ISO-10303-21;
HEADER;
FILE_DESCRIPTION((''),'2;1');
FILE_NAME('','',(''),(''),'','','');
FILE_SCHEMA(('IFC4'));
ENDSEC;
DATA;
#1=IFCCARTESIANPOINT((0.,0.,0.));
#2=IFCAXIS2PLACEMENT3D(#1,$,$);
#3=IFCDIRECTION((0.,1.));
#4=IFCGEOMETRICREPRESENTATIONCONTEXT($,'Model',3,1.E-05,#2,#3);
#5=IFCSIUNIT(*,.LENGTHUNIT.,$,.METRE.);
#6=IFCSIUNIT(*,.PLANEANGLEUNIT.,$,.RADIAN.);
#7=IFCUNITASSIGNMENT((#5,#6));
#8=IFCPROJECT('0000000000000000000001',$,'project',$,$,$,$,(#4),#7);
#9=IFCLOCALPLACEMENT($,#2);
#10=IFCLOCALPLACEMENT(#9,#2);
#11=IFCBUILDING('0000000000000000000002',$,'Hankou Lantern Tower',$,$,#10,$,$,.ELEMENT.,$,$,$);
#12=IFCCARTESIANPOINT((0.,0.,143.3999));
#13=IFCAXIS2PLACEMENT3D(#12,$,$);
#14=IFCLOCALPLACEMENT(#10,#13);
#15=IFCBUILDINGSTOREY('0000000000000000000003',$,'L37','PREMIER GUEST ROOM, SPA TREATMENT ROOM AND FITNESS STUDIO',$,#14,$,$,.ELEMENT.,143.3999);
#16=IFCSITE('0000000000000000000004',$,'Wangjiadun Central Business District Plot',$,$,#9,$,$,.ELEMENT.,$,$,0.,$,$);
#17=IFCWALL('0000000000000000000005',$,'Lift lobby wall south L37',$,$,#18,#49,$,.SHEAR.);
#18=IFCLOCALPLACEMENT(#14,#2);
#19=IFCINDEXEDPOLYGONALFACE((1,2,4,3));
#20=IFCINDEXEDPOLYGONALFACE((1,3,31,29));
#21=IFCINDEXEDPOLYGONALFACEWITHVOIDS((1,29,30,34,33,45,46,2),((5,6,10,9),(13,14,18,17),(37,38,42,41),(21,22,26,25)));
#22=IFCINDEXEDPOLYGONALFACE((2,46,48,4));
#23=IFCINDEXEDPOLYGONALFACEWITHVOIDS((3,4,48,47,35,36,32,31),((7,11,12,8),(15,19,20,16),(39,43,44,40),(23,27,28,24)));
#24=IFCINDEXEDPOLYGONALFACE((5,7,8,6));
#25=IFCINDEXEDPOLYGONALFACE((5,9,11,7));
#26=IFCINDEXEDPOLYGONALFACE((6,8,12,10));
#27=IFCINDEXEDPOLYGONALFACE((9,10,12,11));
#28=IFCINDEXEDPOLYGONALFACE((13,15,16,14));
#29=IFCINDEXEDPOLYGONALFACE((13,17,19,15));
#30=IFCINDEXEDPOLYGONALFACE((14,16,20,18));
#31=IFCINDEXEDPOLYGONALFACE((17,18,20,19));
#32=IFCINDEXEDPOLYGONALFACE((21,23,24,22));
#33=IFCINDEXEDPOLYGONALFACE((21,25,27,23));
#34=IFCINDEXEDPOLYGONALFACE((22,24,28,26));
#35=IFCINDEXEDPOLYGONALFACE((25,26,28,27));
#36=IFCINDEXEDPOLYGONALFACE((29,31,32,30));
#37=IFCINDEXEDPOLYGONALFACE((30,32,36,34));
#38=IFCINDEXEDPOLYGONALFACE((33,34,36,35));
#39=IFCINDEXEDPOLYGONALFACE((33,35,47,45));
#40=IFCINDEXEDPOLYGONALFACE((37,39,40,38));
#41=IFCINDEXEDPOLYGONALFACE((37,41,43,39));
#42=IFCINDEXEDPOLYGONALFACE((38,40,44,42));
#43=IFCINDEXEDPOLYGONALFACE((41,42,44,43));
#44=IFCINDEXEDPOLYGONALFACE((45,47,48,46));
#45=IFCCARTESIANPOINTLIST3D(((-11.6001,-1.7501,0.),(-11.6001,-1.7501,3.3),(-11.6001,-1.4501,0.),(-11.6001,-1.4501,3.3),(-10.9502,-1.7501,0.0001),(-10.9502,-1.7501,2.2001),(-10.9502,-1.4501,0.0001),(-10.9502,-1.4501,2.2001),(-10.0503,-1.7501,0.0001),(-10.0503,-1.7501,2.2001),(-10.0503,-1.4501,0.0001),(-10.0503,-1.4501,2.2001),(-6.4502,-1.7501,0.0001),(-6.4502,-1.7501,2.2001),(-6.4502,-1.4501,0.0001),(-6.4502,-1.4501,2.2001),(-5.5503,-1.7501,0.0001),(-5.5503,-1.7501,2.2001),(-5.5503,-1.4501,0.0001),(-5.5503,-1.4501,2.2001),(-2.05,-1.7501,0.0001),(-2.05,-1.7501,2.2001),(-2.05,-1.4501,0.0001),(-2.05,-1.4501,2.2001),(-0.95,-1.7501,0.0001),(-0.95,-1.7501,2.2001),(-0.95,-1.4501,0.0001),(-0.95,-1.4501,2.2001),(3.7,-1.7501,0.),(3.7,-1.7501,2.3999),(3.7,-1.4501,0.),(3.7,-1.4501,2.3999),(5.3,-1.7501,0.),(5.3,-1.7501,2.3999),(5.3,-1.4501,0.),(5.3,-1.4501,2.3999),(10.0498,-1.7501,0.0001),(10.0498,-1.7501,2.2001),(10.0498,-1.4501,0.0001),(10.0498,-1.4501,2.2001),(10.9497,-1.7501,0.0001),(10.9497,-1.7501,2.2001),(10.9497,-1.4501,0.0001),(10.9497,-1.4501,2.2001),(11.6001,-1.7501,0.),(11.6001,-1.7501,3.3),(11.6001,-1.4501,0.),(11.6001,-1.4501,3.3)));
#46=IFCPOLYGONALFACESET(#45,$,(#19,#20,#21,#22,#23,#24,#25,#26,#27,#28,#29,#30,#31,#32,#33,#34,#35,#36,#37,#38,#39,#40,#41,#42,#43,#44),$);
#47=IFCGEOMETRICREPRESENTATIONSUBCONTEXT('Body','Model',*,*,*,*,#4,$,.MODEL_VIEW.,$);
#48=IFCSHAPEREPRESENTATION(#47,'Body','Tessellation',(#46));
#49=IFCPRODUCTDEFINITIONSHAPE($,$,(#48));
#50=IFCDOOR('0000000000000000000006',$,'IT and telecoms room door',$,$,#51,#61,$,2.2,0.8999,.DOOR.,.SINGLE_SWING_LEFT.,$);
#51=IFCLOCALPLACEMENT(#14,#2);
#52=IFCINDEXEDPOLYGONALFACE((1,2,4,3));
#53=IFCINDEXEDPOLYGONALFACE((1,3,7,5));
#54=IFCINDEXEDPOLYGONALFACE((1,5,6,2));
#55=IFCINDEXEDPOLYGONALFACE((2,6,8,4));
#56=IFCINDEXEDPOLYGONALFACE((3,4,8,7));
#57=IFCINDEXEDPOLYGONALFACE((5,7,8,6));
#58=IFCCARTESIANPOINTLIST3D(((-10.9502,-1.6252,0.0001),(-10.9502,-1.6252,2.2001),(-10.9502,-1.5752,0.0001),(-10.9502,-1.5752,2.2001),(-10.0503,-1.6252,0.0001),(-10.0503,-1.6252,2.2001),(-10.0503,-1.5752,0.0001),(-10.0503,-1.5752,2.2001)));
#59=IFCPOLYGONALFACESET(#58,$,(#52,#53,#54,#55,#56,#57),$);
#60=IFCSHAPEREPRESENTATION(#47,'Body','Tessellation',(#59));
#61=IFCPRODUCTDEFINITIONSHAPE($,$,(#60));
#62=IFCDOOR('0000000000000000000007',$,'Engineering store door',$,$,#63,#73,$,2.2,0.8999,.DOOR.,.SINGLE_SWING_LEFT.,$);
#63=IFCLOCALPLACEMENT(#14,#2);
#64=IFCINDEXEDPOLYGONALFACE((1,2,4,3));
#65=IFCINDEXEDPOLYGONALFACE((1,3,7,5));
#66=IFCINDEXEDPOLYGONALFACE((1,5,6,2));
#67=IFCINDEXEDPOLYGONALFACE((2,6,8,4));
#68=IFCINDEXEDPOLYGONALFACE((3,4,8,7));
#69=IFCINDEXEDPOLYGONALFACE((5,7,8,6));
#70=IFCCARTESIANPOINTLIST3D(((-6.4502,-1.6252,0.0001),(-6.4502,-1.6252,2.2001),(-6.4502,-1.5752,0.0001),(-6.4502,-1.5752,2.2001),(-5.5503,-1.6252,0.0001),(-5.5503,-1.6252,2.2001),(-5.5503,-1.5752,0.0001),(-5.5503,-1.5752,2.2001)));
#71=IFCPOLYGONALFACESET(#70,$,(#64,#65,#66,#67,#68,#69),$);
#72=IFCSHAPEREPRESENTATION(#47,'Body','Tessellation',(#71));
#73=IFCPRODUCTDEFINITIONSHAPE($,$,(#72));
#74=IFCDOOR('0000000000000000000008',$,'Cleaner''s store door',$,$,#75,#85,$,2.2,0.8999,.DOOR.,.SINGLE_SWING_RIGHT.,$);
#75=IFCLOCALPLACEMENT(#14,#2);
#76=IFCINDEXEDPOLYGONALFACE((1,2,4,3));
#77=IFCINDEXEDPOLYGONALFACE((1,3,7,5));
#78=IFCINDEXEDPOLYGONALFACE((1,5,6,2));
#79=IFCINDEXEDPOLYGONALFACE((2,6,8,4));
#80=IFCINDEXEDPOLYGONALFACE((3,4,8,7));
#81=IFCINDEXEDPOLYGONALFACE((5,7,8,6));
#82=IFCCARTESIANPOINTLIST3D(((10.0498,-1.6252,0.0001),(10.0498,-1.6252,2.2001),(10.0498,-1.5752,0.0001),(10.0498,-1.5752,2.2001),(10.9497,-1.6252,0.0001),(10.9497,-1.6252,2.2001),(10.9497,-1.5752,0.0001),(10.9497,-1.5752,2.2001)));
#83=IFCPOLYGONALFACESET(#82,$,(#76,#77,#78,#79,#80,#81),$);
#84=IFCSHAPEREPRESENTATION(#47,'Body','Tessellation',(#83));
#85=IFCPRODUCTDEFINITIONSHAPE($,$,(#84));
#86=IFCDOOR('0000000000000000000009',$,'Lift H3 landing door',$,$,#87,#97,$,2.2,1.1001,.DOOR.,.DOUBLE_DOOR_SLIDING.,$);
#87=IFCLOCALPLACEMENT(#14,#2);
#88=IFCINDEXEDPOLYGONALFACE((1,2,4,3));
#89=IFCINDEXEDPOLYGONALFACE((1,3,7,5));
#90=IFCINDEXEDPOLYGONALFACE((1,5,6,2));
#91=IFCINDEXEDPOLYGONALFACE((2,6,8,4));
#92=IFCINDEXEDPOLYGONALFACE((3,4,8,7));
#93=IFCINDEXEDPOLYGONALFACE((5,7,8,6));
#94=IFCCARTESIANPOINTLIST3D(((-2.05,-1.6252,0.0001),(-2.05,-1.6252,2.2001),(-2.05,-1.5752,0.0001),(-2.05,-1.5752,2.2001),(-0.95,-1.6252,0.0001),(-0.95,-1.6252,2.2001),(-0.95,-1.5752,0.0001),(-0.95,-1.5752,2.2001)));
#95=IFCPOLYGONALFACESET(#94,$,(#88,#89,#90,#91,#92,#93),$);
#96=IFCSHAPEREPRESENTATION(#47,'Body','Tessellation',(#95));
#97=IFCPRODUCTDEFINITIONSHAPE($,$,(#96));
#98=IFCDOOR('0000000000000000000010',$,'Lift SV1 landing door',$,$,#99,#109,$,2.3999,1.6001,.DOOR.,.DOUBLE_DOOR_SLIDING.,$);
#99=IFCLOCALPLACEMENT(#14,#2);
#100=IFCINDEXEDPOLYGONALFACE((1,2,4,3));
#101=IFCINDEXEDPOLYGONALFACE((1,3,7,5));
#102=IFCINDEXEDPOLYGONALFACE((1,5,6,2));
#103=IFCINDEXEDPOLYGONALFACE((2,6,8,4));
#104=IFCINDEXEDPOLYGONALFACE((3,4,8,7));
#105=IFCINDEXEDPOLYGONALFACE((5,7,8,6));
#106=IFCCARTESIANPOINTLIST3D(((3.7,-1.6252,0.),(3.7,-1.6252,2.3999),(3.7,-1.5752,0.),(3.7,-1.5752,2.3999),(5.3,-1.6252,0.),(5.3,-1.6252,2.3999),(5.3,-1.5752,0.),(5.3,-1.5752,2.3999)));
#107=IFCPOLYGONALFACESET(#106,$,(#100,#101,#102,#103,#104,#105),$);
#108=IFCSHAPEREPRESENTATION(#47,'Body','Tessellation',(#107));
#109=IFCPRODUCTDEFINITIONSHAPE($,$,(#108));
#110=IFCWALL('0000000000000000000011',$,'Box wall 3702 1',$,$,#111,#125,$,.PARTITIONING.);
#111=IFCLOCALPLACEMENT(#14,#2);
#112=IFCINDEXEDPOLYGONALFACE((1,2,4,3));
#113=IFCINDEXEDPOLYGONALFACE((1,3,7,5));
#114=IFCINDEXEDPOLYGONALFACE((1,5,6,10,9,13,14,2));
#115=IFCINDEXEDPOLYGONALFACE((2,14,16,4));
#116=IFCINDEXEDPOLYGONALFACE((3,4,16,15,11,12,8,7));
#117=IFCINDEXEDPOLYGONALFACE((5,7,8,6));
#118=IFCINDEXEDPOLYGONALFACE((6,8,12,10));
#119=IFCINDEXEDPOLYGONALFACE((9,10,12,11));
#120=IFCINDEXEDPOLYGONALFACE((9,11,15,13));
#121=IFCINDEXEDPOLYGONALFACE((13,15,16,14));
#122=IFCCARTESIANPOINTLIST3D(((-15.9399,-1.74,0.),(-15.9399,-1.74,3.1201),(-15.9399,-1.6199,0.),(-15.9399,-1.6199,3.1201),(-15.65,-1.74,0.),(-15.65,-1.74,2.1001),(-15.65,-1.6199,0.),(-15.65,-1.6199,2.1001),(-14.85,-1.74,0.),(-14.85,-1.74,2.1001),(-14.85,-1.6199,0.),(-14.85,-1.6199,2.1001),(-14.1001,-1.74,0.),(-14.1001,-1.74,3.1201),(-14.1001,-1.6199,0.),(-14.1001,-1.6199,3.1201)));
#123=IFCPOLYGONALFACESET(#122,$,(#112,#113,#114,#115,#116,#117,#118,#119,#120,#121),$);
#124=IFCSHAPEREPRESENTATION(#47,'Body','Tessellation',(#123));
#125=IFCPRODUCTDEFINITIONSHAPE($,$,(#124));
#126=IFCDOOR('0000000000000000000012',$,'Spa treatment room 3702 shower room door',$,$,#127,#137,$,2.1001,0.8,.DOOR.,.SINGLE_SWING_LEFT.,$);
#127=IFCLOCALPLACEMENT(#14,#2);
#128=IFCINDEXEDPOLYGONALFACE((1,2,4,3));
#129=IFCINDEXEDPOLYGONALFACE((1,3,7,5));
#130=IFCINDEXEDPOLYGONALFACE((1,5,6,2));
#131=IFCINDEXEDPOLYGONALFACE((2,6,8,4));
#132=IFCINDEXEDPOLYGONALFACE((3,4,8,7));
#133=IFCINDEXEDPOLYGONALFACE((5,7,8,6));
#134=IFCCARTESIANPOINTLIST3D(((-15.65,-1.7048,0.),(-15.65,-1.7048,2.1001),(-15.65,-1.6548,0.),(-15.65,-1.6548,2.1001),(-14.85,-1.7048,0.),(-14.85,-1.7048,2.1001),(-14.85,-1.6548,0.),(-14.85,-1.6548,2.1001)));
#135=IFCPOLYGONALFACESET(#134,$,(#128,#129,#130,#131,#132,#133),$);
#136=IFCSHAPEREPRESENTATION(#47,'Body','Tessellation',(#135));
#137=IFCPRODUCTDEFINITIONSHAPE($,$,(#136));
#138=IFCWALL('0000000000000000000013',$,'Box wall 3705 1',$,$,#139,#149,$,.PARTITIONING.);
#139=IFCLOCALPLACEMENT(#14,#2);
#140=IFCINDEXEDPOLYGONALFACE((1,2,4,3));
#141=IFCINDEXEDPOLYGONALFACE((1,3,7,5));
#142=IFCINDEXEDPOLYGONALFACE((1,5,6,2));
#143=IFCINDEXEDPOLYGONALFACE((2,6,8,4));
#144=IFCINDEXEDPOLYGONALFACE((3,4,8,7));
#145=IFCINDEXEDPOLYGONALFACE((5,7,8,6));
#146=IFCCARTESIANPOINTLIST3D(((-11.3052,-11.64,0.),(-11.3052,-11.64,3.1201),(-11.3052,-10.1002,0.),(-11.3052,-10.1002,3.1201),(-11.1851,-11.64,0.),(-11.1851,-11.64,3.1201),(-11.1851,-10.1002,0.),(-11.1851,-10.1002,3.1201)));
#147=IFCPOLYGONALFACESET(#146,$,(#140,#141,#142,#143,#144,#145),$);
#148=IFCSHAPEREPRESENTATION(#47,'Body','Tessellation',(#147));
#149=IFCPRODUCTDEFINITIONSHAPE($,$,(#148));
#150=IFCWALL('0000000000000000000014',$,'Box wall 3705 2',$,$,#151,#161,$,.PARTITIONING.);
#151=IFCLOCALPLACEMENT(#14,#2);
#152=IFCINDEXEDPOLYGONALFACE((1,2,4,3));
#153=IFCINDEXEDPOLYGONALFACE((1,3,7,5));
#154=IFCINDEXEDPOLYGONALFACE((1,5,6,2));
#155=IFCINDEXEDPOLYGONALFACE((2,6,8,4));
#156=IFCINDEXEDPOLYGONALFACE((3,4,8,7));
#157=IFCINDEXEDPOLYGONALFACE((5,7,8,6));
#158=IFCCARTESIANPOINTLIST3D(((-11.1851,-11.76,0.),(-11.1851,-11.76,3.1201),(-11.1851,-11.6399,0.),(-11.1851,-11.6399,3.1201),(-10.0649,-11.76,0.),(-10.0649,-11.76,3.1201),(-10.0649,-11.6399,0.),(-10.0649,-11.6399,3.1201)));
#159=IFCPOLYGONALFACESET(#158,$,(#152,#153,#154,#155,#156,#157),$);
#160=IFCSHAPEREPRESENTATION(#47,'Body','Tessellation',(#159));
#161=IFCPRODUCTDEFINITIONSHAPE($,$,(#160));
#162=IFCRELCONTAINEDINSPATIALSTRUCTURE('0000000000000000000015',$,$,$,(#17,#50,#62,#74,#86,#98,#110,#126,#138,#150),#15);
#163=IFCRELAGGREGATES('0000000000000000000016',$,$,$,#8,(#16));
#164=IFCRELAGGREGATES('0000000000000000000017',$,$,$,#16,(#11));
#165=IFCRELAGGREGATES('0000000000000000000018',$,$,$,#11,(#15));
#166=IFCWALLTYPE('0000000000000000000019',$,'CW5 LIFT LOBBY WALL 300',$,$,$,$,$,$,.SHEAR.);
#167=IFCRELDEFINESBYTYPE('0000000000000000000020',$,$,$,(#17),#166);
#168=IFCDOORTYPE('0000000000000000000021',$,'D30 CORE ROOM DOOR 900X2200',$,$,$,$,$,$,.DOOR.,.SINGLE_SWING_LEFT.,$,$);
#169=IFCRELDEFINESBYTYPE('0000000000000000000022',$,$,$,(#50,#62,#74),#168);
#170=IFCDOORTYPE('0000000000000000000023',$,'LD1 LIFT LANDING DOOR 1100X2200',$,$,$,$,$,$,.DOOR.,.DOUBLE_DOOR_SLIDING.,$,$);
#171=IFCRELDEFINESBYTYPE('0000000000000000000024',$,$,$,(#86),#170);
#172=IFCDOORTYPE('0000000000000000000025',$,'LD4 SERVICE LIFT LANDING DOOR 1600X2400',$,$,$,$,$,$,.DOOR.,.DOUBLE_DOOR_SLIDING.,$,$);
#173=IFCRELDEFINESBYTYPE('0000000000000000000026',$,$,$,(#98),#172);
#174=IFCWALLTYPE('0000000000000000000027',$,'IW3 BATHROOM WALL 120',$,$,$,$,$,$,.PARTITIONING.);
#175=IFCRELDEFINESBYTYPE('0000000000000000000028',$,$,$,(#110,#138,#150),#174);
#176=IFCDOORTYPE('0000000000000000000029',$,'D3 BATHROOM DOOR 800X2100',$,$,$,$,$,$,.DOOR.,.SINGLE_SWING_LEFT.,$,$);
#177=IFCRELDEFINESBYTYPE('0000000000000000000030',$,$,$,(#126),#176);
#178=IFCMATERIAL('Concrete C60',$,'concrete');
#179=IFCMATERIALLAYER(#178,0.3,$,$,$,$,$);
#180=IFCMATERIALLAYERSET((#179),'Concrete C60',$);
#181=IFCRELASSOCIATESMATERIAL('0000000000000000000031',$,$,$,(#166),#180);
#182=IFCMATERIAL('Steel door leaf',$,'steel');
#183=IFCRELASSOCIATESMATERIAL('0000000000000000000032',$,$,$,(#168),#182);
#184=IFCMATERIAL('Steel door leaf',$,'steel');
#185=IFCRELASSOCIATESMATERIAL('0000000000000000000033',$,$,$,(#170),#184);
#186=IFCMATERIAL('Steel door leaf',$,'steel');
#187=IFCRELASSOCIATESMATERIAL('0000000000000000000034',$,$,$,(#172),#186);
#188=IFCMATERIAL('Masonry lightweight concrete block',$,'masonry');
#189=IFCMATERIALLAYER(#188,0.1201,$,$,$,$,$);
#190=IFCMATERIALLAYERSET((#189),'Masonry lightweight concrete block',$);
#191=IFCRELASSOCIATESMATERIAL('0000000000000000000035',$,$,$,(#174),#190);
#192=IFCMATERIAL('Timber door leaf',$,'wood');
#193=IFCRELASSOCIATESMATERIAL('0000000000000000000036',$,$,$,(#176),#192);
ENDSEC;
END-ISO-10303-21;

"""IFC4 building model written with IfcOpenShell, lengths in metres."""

from ifc_helpers import new_model, si_unit, direction, frame, frame_2d, origin, place, context, subcontext, project, spatial, rectangle, extrude, material, layer, layer_set, type_object, element, fill, save


model = new_model("IFC4")

# Units and contexts
model_context = context("Model", 3, precision=1e-05, world=origin(), true_north=direction((0.0, 1.0)))
body_context = subcontext(model_context, "Body", "Model", "MODEL_VIEW")
ifc_project = project(units=[si_unit("LENGTHUNIT", "METRE"), si_unit("PLANEANGLEUNIT", "RADIAN")], contexts=[model_context])

# Site, building, storey
site_placement = place(None, origin())
site = spatial("IfcSite", under=ifc_project, at=site_placement, Name="Wangjiadun Central Business District Plot", CompositionType="ELEMENT", RefElevation=0.0)
building_placement = place(site_placement, origin())
building = spatial("IfcBuilding", under=site, at=building_placement, Name="Hankou Lantern Tower", CompositionType="ELEMENT")
storey_placement = place(building_placement, frame((0.0, 0.0, 143.3999)))
storey = spatial("IfcBuildingStorey", under=building, at=storey_placement, Name="L37", Description="PREMIER GUEST ROOM, SPA TREATMENT ROOM AND FITNESS STUDIO", CompositionType="ELEMENT", Elevation=143.3999)

# Wall, openings, doors
ifc_material_1 = material(Name="Concrete C60", Category="concrete")
ifc_layer_1 = layer(ifc_material_1, 0.3)
ifc_layer_set_1 = layer_set([ifc_layer_1], Name="Concrete C60")
wall_type_1 = type_object("IfcWallType", Name="CW5 LIFT LOBBY WALL 300", PredefinedType="SHEAR", material=ifc_layer_set_1)
wall_1_placement = place(storey_placement, frame((-11.6001, -1.6001, 0.0), z_axis=(0.0, 0.0, 1.0), x_axis=(1.0, 0.0, 0.0)))
wall_1 = element("IfcWall", 1, at=wall_1_placement, inside=storey, type_object=wall_type_1, Name="Lift lobby wall south L37", PredefinedType="SHEAR", context=body_context, shape_type="SweptSolid", body=[
    extrude(rectangle(XDim=23.2002, YDim=0.3, at=frame_2d((11.6001, 0.0))), origin(), (0.0, 0.0, 1.0), 3.3),
])
opening_1_placement = place(wall_1_placement, frame((9.55, 0.0, 0.0)))
opening_1 = element("IfcOpeningElement", 2, at=opening_1_placement, cuts=wall_1, PredefinedType="OPENING", context=body_context, shape_type="SweptSolid", body=[
    extrude(rectangle(XDim=1.1001, YDim=2.2, at=frame_2d((0.55, 1.1001))), frame((0.0, 0.1599, 0.0), z_axis=(0.0, -1.0, 0.0), x_axis=(1.0, 0.0, 0.0)), (0.0, 0.0, 1.0), 0.3201),
])
opening_2_placement = place(wall_1_placement, frame((15.3, 0.0, 0.0)))
opening_2 = element("IfcOpeningElement", 3, at=opening_2_placement, cuts=wall_1, PredefinedType="OPENING", context=body_context, shape_type="SweptSolid", body=[
    extrude(rectangle(XDim=1.6001, YDim=2.3999, at=frame_2d((0.8, 1.2))), frame((0.0, 0.1599, 0.0), z_axis=(0.0, -1.0, 0.0), x_axis=(1.0, 0.0, 0.0)), (0.0, 0.0, 1.0), 0.3201),
])
opening_3_placement = place(wall_1_placement, frame((0.6499, 0.0, 0.0)))
opening_3 = element("IfcOpeningElement", 4, at=opening_3_placement, cuts=wall_1, PredefinedType="OPENING", context=body_context, shape_type="SweptSolid", body=[
    extrude(rectangle(XDim=0.8999, YDim=2.2, at=frame_2d((0.45, 1.1001))), frame((0.0, 0.1599, 0.0), z_axis=(0.0, -1.0, 0.0), x_axis=(1.0, 0.0, 0.0)), (0.0, 0.0, 1.0), 0.3201),
])
opening_4_placement = place(wall_1_placement, frame((5.1499, 0.0, 0.0)))
opening_4 = element("IfcOpeningElement", 5, at=opening_4_placement, cuts=wall_1, PredefinedType="OPENING", context=body_context, shape_type="SweptSolid", body=[
    extrude(rectangle(XDim=0.8999, YDim=2.2, at=frame_2d((0.45, 1.1001))), frame((0.0, 0.1599, 0.0), z_axis=(0.0, -1.0, 0.0), x_axis=(1.0, 0.0, 0.0)), (0.0, 0.0, 1.0), 0.3201),
])
opening_5_placement = place(wall_1_placement, frame((21.6499, 0.0, 0.0)))
opening_5 = element("IfcOpeningElement", 6, at=opening_5_placement, cuts=wall_1, PredefinedType="OPENING", context=body_context, shape_type="SweptSolid", body=[
    extrude(rectangle(XDim=0.8999, YDim=2.2, at=frame_2d((0.45, 1.1001))), frame((0.0, 0.1599, 0.0), z_axis=(0.0, -1.0, 0.0), x_axis=(1.0, 0.0, 0.0)), (0.0, 0.0, 1.0), 0.3201),
])
ifc_material_2 = material(Name="Steel door leaf", Category="steel")
door_type_1 = type_object("IfcDoorType", Name="D30 CORE ROOM DOOR 900X2200", OperationType="SINGLE_SWING_LEFT", PredefinedType="DOOR", material=ifc_material_2)
door_1_placement = place(opening_3_placement, origin())
door_1 = element("IfcDoor", 7, at=door_1_placement, inside=storey, type_object=door_type_1, Name="IT and telecoms room door", OperationType="SINGLE_SWING_LEFT", OverallHeight=2.2, OverallWidth=0.8999, PredefinedType="DOOR", context=body_context, shape_type="SweptSolid", body=[
    extrude(rectangle(XDim=0.8999, YDim=2.2, at=frame_2d((0.45, 1.1001))), frame((0.0, 0.0249, 0.0), z_axis=(0.0, -1.0, 0.0), x_axis=(1.0, 0.0, 0.0)), (0.0, 0.0, 1.0), 0.05),
])
fill(opening_3, door_1)
door_2_placement = place(opening_4_placement, origin())
door_2 = element("IfcDoor", 8, at=door_2_placement, inside=storey, type_object=door_type_1, Name="Engineering store door", OperationType="SINGLE_SWING_LEFT", OverallHeight=2.2, OverallWidth=0.8999, PredefinedType="DOOR", context=body_context, shape_type="SweptSolid", body=[
    extrude(rectangle(XDim=0.8999, YDim=2.2, at=frame_2d((0.45, 1.1001))), frame((0.0, 0.0249, 0.0), z_axis=(0.0, -1.0, 0.0), x_axis=(1.0, 0.0, 0.0)), (0.0, 0.0, 1.0), 0.05),
])
fill(opening_4, door_2)
door_3_placement = place(opening_5_placement, origin())
door_3 = element("IfcDoor", 9, at=door_3_placement, inside=storey, type_object=door_type_1, Name="Cleaner's store door", OperationType="SINGLE_SWING_RIGHT", OverallHeight=2.2, OverallWidth=0.8999, PredefinedType="DOOR", context=body_context, shape_type="SweptSolid", body=[
    extrude(rectangle(XDim=0.8999, YDim=2.2, at=frame_2d((0.45, 1.1001))), frame((0.0, 0.0249, 0.0), z_axis=(0.0, -1.0, 0.0), x_axis=(1.0, 0.0, 0.0)), (0.0, 0.0, 1.0), 0.05),
])
fill(opening_5, door_3)
ifc_material_3 = material(Name="Steel door leaf", Category="steel")
door_type_2 = type_object("IfcDoorType", Name="LD1 LIFT LANDING DOOR 1100X2200", OperationType="DOUBLE_DOOR_SLIDING", PredefinedType="DOOR", material=ifc_material_3)
door_4_placement = place(opening_1_placement, origin())
door_4 = element("IfcDoor", 10, at=door_4_placement, inside=storey, type_object=door_type_2, Name="Lift H3 landing door", OperationType="DOUBLE_DOOR_SLIDING", OverallHeight=2.2, OverallWidth=1.1001, PredefinedType="DOOR", context=body_context, shape_type="SweptSolid", body=[
    extrude(rectangle(XDim=1.1001, YDim=2.2, at=frame_2d((0.55, 1.1001))), frame((0.0, 0.0249, 0.0), z_axis=(0.0, -1.0, 0.0), x_axis=(1.0, 0.0, 0.0)), (0.0, 0.0, 1.0), 0.05),
])
fill(opening_1, door_4)
ifc_material_4 = material(Name="Steel door leaf", Category="steel")
door_type_3 = type_object("IfcDoorType", Name="LD4 SERVICE LIFT LANDING DOOR 1600X2400", OperationType="DOUBLE_DOOR_SLIDING", PredefinedType="DOOR", material=ifc_material_4)
door_5_placement = place(opening_2_placement, origin())
door_5 = element("IfcDoor", 11, at=door_5_placement, inside=storey, type_object=door_type_3, Name="Lift SV1 landing door", OperationType="DOUBLE_DOOR_SLIDING", OverallHeight=2.3999, OverallWidth=1.6001, PredefinedType="DOOR", context=body_context, shape_type="SweptSolid", body=[
    extrude(rectangle(XDim=1.6001, YDim=2.3999, at=frame_2d((0.8, 1.2))), frame((0.0, 0.0249, 0.0), z_axis=(0.0, -1.0, 0.0), x_axis=(1.0, 0.0, 0.0)), (0.0, 0.0, 1.0), 0.05),
])
fill(opening_2, door_5)

# Wall, opening, door
ifc_material_5 = material(Name="Masonry lightweight concrete block", Category="masonry")
ifc_layer_2 = layer(ifc_material_5, 0.1201)
ifc_layer_set_2 = layer_set([ifc_layer_2], Name="Masonry lightweight concrete block")
wall_type_2 = type_object("IfcWallType", Name="IW3 BATHROOM WALL 120", PredefinedType="PARTITIONING", material=ifc_layer_set_2)
wall_2_placement = place(storey_placement, frame((-14.1001, -1.6799, 0.0), z_axis=(0.0, 0.0, 1.0), x_axis=(-1.0, 0.0, 0.0)))
wall_2 = element("IfcWall", 12, at=wall_2_placement, inside=storey, type_object=wall_type_2, Name="Box wall 3702 1", PredefinedType="PARTITIONING", context=body_context, shape_type="SweptSolid", body=[
    extrude(rectangle(XDim=1.8398, YDim=0.1201, at=frame_2d((0.9199, 0.0))), origin(), (0.0, 0.0, 1.0), 3.1201),
])
opening_6_placement = place(wall_2_placement, frame((0.75, 0.0, 0.0)))
opening_6 = element("IfcOpeningElement", 13, at=opening_6_placement, cuts=wall_2, PredefinedType="OPENING", context=body_context, shape_type="SweptSolid", body=[
    extrude(rectangle(XDim=0.8, YDim=2.1001, at=frame_2d((0.3999, 1.05))), frame((0.0, 0.0701, 0.0), z_axis=(0.0, -1.0, 0.0), x_axis=(1.0, 0.0, 0.0)), (0.0, 0.0, 1.0), 0.1401),
])
ifc_material_6 = material(Name="Timber door leaf", Category="wood")
door_type_4 = type_object("IfcDoorType", Name="D3 BATHROOM DOOR 800X2100", OperationType="SINGLE_SWING_LEFT", PredefinedType="DOOR", material=ifc_material_6)
door_6_placement = place(opening_6_placement, origin())
door_6 = element("IfcDoor", 14, at=door_6_placement, inside=storey, type_object=door_type_4, Name="Spa treatment room 3702 shower room door", OperationType="SINGLE_SWING_LEFT", OverallHeight=2.1001, OverallWidth=0.8, PredefinedType="DOOR", context=body_context, shape_type="SweptSolid", body=[
    extrude(rectangle(XDim=0.8, YDim=2.1001, at=frame_2d((0.3999, 1.05))), frame((0.0, 0.0249, 0.0), z_axis=(0.0, -1.0, 0.0), x_axis=(1.0, 0.0, 0.0)), (0.0, 0.0, 1.0), 0.05),
])
fill(opening_6, door_6)

# Walls
wall_3_placement = place(storey_placement, frame((-11.2451, -10.1001, 0.0), z_axis=(0.0, 0.0, 1.0), x_axis=(0.0, -1.0, 0.0)))
element("IfcWall", 15, at=wall_3_placement, inside=storey, type_object=wall_type_2, Name="Box wall 3705 1", PredefinedType="PARTITIONING", context=body_context, shape_type="SweptSolid", body=[
    extrude(rectangle(XDim=1.5398, YDim=0.1201, at=frame_2d((0.77, 0.0))), origin(), (0.0, 0.0, 1.0), 3.1201),
])
wall_4_placement = place(storey_placement, frame((-11.1851, -11.7, 0.0), z_axis=(0.0, 0.0, 1.0), x_axis=(1.0, 0.0, 0.0)))
element("IfcWall", 16, at=wall_4_placement, inside=storey, type_object=wall_type_2, Name="Box wall 3705 2", PredefinedType="PARTITIONING", context=body_context, shape_type="SweptSolid", body=[
    extrude(rectangle(XDim=1.1201, YDim=0.1201, at=frame_2d((0.5601, 0.0))), origin(), (0.0, 0.0, 1.0), 3.1201),
])

save(model, "model.ifc")
